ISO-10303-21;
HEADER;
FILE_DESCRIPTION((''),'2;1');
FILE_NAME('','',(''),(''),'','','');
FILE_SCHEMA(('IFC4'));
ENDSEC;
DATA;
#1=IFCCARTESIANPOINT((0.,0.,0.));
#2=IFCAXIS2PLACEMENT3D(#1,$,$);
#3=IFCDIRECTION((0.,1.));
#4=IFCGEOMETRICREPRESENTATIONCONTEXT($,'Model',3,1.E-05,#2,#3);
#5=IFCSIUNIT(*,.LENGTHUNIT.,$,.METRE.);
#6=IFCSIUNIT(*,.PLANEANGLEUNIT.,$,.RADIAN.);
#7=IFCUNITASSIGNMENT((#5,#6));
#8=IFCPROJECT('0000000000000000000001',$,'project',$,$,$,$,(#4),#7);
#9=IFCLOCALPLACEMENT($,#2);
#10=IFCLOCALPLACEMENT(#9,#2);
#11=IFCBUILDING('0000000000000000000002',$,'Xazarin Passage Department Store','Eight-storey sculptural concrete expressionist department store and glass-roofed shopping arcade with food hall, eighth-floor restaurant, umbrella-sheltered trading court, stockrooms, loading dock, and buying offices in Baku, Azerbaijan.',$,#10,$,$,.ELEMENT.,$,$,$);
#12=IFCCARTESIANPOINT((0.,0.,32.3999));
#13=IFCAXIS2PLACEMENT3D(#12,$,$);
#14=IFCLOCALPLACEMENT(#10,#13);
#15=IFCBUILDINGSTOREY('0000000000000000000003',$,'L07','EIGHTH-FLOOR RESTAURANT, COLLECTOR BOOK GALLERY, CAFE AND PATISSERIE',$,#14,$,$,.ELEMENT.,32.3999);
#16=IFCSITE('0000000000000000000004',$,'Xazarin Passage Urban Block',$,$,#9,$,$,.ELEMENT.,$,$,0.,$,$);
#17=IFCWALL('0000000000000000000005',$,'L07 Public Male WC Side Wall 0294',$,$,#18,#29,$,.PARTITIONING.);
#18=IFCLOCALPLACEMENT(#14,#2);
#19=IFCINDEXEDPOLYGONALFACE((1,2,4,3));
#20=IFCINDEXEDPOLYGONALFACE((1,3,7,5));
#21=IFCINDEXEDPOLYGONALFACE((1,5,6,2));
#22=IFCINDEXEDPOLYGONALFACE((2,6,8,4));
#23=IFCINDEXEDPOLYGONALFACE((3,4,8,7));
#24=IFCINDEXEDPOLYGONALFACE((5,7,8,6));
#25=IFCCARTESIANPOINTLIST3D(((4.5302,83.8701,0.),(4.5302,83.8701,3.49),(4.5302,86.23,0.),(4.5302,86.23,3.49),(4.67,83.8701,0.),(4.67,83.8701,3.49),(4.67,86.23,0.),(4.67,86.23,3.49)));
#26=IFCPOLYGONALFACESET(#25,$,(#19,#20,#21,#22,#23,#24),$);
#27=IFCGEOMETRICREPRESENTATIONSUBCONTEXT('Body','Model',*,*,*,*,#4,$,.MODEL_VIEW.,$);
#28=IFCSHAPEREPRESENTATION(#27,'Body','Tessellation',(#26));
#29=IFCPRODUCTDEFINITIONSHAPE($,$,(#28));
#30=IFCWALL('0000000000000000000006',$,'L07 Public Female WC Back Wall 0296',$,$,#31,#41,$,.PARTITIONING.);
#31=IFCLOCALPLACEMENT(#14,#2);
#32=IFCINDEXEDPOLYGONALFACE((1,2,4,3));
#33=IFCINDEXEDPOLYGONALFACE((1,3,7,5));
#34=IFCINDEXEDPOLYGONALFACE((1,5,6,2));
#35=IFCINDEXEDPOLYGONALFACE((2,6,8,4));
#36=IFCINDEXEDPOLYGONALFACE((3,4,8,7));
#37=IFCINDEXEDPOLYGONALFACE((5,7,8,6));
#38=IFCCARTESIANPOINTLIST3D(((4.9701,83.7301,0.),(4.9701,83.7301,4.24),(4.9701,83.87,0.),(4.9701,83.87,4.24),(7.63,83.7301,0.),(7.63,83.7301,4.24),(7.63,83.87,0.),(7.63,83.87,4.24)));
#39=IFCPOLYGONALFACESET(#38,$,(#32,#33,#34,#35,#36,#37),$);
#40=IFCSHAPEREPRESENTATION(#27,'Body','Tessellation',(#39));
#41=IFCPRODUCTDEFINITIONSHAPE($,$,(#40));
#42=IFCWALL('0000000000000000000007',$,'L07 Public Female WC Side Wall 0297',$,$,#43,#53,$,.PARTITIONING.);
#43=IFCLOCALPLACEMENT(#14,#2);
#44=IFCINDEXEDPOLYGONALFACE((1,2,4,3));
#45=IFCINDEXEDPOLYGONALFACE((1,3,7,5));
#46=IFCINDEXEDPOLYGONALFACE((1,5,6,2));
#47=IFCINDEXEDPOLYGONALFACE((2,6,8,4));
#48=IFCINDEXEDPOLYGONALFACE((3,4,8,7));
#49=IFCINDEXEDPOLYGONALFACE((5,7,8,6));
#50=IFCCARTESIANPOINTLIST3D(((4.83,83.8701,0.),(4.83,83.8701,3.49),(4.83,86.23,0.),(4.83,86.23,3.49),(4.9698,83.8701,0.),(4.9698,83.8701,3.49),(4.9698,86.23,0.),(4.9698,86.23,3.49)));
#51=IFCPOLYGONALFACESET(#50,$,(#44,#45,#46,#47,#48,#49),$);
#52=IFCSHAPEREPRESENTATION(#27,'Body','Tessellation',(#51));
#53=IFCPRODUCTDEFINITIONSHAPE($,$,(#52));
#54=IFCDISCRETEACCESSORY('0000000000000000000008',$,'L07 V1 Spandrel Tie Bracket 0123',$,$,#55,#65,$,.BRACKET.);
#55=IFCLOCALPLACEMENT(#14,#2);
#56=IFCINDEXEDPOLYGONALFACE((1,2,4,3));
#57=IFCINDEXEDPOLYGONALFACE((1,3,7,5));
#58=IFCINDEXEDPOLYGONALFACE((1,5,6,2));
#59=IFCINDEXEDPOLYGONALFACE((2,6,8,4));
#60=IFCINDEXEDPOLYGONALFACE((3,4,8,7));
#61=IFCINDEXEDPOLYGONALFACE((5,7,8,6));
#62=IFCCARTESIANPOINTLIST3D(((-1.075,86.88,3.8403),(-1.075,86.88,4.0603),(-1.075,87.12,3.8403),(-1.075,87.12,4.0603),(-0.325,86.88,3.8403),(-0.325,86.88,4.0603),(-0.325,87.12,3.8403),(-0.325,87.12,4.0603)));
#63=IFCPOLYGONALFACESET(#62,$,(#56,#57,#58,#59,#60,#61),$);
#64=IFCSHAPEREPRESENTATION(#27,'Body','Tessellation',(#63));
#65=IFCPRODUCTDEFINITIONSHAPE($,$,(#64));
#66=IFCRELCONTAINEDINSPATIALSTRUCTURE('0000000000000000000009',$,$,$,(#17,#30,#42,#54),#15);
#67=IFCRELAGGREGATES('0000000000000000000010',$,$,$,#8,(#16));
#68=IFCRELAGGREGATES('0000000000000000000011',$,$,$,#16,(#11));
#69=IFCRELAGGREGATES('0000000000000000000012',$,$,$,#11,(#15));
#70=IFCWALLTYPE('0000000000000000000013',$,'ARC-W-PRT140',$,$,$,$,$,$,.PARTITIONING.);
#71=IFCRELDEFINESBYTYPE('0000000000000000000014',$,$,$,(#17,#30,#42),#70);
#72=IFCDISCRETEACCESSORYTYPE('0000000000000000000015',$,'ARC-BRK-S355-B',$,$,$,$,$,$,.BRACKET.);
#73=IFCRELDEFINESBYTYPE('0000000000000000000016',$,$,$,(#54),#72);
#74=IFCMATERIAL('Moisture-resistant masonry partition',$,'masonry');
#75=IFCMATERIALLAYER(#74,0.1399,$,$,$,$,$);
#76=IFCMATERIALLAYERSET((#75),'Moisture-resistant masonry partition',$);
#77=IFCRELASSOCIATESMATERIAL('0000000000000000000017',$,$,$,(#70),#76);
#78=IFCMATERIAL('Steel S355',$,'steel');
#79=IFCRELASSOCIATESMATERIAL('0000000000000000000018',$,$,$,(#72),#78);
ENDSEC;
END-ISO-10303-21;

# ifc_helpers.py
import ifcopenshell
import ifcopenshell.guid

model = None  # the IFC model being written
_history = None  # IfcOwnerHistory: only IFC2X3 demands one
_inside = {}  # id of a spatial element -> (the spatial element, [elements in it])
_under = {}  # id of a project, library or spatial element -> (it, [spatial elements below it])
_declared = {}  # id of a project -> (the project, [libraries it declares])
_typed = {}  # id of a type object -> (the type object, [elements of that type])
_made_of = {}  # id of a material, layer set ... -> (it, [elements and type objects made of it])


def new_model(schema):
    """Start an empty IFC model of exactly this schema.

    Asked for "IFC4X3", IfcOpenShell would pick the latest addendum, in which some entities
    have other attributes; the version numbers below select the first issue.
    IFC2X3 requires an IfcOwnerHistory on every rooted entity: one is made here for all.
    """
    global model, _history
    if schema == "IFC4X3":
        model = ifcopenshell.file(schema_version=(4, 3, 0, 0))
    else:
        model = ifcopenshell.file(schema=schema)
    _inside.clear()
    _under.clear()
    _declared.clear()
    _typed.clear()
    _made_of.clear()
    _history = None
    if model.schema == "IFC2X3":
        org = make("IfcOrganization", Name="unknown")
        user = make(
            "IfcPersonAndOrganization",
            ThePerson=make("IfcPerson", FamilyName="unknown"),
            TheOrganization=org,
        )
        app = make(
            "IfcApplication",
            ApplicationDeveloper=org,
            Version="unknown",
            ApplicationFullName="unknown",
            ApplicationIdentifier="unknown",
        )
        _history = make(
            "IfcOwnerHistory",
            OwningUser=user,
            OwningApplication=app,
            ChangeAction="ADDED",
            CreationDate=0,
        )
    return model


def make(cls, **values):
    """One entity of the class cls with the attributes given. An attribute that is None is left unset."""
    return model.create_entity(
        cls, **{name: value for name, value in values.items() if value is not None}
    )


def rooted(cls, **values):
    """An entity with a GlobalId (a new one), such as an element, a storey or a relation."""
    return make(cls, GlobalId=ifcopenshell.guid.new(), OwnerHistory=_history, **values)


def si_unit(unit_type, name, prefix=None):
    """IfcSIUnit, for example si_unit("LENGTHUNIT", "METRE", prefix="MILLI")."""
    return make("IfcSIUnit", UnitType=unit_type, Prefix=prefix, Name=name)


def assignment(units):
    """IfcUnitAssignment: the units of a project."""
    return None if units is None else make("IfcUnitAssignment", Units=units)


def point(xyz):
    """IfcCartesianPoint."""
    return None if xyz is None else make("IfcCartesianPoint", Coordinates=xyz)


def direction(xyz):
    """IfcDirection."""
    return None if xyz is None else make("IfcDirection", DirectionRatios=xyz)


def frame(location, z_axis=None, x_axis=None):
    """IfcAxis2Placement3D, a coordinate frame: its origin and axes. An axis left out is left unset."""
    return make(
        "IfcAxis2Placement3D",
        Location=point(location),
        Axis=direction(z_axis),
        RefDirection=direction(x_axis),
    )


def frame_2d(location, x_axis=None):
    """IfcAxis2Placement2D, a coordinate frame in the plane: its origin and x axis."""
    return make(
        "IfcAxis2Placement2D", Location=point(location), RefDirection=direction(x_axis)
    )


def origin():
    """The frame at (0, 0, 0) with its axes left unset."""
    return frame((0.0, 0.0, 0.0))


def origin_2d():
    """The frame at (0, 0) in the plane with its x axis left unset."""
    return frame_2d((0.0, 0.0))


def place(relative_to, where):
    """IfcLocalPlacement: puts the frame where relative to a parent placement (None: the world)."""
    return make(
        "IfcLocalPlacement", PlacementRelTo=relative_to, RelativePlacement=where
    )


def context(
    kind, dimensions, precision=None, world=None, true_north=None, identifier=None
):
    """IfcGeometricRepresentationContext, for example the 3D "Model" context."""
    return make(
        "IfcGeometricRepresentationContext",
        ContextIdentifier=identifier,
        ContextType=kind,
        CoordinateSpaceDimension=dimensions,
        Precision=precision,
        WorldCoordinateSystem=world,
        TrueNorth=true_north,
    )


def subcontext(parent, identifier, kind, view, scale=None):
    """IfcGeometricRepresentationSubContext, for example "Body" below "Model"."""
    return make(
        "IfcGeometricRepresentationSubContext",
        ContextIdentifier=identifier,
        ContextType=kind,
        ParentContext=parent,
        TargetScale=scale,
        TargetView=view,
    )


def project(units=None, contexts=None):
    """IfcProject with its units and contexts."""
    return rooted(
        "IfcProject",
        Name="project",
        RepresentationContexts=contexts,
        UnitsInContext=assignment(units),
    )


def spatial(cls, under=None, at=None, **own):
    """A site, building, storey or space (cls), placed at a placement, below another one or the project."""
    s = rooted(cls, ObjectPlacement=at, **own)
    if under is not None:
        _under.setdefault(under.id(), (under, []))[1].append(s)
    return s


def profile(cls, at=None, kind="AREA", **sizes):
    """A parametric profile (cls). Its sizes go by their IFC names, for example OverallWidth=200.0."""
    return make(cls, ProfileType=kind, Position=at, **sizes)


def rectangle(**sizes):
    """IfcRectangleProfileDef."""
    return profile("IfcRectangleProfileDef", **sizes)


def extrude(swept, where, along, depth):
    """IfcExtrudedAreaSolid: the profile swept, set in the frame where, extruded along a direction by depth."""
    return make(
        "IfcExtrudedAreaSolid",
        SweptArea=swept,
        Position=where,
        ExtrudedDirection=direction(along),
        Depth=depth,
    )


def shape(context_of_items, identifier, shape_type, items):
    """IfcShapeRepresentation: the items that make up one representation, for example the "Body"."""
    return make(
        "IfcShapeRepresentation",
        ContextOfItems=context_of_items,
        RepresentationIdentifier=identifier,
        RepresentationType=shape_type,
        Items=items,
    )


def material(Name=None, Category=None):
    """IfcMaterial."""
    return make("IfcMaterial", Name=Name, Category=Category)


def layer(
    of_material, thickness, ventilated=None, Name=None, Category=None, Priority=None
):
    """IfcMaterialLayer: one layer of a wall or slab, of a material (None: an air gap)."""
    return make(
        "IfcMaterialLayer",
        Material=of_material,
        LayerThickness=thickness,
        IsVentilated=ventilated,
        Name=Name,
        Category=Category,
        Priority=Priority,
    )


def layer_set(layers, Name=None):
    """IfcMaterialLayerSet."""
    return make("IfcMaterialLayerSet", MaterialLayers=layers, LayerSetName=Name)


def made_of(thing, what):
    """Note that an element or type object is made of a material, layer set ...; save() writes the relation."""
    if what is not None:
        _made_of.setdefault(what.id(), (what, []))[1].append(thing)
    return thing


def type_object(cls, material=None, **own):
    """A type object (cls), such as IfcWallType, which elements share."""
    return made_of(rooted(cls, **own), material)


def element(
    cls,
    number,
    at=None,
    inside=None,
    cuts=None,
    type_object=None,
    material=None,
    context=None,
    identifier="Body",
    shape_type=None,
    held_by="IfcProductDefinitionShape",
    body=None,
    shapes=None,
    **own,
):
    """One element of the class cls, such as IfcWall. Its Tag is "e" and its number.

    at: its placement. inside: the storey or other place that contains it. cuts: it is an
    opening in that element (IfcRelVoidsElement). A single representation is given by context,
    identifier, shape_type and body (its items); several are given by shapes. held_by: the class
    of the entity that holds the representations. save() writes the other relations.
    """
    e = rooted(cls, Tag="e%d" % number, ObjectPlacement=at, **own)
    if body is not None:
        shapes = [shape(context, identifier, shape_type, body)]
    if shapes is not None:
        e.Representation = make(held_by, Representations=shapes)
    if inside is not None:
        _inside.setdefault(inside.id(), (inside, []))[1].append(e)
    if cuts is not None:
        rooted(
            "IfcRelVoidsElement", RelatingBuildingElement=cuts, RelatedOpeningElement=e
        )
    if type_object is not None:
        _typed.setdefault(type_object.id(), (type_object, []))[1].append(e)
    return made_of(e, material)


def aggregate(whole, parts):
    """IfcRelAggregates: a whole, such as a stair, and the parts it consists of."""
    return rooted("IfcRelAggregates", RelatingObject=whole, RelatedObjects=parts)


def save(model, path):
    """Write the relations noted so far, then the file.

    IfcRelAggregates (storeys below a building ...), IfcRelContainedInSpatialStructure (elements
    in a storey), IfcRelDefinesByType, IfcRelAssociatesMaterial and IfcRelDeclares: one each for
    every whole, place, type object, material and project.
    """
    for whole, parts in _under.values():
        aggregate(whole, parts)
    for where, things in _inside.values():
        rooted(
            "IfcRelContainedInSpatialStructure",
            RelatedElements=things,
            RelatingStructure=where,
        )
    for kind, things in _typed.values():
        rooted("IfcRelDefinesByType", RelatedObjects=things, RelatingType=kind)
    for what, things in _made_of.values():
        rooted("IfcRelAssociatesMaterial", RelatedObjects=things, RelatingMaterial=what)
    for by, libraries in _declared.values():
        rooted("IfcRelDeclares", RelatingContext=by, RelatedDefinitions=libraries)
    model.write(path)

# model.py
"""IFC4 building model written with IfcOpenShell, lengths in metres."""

from ifc_helpers import new_model, si_unit, direction, frame, frame_2d, origin, origin_2d, place, context, subcontext, project, spatial, rectangle, extrude, material, layer, layer_set, type_object, element, save


model = new_model("IFC4")

# Units and contexts
model_context = context("Model", 3, precision=1e-05, world=origin(), true_north=direction((0.0, 1.0)))
body_context = subcontext(model_context, "Body", "Model", "MODEL_VIEW")
ifc_project = project(units=[si_unit("LENGTHUNIT", "METRE"), si_unit("PLANEANGLEUNIT", "RADIAN")], contexts=[model_context])

# Site, building, storey
site_placement = place(None, origin())
site = spatial("IfcSite", under=ifc_project, at=site_placement, Name="Xazarin Passage Urban Block", CompositionType="ELEMENT", RefElevation=0.0)
building_placement = place(site_placement, origin())
building = spatial("IfcBuilding", under=site, at=building_placement, Name="Xazarin Passage Department Store", Description="Eight-storey sculptural concrete expressionist department store and glass-roofed shopping arcade with food hall, eighth-floor restaurant, umbrella-sheltered trading court, stockrooms, loading dock, and buying offices in Baku, Azerbaijan.", CompositionType="ELEMENT")
storey_placement = place(building_placement, frame((0.0, 0.0, 32.3999)))
storey = spatial("IfcBuildingStorey", under=building, at=storey_placement, Name="L07", Description="EIGHTH-FLOOR RESTAURANT, COLLECTOR BOOK GALLERY, CAFE AND PATISSERIE", CompositionType="ELEMENT", Elevation=32.3999)

# Shared definitions
ifc_material_1 = material(Name="Moisture-resistant masonry partition", Category="masonry")
ifc_layer_1 = layer(ifc_material_1, 0.1399)
ifc_layer_set_1 = layer_set([ifc_layer_1], Name="Moisture-resistant masonry partition")
wall_type_1 = type_object("IfcWallType", Name="ARC-W-PRT140", PredefinedType="PARTITIONING", material=ifc_layer_set_1)

# Wall
for number, where, z_axis, x_axis, name in (
    (1, (4.6001, 83.8701, 0.0), (0.0, 0.0, 1.0), (0.0, 1.0, 0.0), "L07 Public Male WC Side Wall 0294"),
):
    element("IfcWall", number, at=place(storey_placement, frame(where, z_axis=z_axis, x_axis=x_axis)), inside=storey, type_object=wall_type_1, Name=name, PredefinedType="PARTITIONING", context=body_context, shape_type="SweptSolid", body=[
        extrude(rectangle(XDim=2.3599, YDim=0.1399, at=frame_2d((1.1799, 0.0))), origin(), (0.0, 0.0, 1.0), 3.49),
    ])

# Walls
wall_1_placement = place(storey_placement, frame((4.97, 83.8, 0.0), z_axis=(0.0, 0.0, 1.0), x_axis=(1.0, 0.0, 0.0)))
element("IfcWall", 2, at=wall_1_placement, inside=storey, type_object=wall_type_1, Name="L07 Public Female WC Back Wall 0296", PredefinedType="PARTITIONING", context=body_context, shape_type="SweptSolid", body=[
    extrude(rectangle(XDim=2.6599, YDim=0.1399, at=frame_2d((1.3301, 0.0))), origin(), (0.0, 0.0, 1.0), 4.24),
])
wall_2_placement = place(storey_placement, frame((4.8999, 83.8701, 0.0), z_axis=(0.0, 0.0, 1.0), x_axis=(0.0, 1.0, 0.0)))
element("IfcWall", 3, at=wall_2_placement, inside=storey, type_object=wall_type_1, Name="L07 Public Female WC Side Wall 0297", PredefinedType="PARTITIONING", context=body_context, shape_type="SweptSolid", body=[
    extrude(rectangle(XDim=2.3599, YDim=0.1399, at=frame_2d((1.1799, 0.0))), origin(), (0.0, 0.0, 1.0), 3.49),
])

# Discrete accessory
ifc_material_2 = material(Name="Steel S355", Category="steel")
discrete_accessory_type = type_object("IfcDiscreteAccessoryType", Name="ARC-BRK-S355-B", PredefinedType="BRACKET", material=ifc_material_2)
discrete_accessory_placement = place(storey_placement, frame((-0.7, 87.0, 3.8403), z_axis=(0.0, 0.0, 1.0), x_axis=(0.0, 1.0, 0.0)))
element("IfcDiscreteAccessory", 4, at=discrete_accessory_placement, inside=storey, type_object=discrete_accessory_type, Name="L07 V1 Spandrel Tie Bracket 0123", PredefinedType="BRACKET", context=body_context, shape_type="SweptSolid", body=[
    extrude(rectangle(XDim=0.24, YDim=0.75, at=origin_2d()), origin(), (0.0, 0.0, 1.0), 0.22),
])

save(model, "model.ifc")
